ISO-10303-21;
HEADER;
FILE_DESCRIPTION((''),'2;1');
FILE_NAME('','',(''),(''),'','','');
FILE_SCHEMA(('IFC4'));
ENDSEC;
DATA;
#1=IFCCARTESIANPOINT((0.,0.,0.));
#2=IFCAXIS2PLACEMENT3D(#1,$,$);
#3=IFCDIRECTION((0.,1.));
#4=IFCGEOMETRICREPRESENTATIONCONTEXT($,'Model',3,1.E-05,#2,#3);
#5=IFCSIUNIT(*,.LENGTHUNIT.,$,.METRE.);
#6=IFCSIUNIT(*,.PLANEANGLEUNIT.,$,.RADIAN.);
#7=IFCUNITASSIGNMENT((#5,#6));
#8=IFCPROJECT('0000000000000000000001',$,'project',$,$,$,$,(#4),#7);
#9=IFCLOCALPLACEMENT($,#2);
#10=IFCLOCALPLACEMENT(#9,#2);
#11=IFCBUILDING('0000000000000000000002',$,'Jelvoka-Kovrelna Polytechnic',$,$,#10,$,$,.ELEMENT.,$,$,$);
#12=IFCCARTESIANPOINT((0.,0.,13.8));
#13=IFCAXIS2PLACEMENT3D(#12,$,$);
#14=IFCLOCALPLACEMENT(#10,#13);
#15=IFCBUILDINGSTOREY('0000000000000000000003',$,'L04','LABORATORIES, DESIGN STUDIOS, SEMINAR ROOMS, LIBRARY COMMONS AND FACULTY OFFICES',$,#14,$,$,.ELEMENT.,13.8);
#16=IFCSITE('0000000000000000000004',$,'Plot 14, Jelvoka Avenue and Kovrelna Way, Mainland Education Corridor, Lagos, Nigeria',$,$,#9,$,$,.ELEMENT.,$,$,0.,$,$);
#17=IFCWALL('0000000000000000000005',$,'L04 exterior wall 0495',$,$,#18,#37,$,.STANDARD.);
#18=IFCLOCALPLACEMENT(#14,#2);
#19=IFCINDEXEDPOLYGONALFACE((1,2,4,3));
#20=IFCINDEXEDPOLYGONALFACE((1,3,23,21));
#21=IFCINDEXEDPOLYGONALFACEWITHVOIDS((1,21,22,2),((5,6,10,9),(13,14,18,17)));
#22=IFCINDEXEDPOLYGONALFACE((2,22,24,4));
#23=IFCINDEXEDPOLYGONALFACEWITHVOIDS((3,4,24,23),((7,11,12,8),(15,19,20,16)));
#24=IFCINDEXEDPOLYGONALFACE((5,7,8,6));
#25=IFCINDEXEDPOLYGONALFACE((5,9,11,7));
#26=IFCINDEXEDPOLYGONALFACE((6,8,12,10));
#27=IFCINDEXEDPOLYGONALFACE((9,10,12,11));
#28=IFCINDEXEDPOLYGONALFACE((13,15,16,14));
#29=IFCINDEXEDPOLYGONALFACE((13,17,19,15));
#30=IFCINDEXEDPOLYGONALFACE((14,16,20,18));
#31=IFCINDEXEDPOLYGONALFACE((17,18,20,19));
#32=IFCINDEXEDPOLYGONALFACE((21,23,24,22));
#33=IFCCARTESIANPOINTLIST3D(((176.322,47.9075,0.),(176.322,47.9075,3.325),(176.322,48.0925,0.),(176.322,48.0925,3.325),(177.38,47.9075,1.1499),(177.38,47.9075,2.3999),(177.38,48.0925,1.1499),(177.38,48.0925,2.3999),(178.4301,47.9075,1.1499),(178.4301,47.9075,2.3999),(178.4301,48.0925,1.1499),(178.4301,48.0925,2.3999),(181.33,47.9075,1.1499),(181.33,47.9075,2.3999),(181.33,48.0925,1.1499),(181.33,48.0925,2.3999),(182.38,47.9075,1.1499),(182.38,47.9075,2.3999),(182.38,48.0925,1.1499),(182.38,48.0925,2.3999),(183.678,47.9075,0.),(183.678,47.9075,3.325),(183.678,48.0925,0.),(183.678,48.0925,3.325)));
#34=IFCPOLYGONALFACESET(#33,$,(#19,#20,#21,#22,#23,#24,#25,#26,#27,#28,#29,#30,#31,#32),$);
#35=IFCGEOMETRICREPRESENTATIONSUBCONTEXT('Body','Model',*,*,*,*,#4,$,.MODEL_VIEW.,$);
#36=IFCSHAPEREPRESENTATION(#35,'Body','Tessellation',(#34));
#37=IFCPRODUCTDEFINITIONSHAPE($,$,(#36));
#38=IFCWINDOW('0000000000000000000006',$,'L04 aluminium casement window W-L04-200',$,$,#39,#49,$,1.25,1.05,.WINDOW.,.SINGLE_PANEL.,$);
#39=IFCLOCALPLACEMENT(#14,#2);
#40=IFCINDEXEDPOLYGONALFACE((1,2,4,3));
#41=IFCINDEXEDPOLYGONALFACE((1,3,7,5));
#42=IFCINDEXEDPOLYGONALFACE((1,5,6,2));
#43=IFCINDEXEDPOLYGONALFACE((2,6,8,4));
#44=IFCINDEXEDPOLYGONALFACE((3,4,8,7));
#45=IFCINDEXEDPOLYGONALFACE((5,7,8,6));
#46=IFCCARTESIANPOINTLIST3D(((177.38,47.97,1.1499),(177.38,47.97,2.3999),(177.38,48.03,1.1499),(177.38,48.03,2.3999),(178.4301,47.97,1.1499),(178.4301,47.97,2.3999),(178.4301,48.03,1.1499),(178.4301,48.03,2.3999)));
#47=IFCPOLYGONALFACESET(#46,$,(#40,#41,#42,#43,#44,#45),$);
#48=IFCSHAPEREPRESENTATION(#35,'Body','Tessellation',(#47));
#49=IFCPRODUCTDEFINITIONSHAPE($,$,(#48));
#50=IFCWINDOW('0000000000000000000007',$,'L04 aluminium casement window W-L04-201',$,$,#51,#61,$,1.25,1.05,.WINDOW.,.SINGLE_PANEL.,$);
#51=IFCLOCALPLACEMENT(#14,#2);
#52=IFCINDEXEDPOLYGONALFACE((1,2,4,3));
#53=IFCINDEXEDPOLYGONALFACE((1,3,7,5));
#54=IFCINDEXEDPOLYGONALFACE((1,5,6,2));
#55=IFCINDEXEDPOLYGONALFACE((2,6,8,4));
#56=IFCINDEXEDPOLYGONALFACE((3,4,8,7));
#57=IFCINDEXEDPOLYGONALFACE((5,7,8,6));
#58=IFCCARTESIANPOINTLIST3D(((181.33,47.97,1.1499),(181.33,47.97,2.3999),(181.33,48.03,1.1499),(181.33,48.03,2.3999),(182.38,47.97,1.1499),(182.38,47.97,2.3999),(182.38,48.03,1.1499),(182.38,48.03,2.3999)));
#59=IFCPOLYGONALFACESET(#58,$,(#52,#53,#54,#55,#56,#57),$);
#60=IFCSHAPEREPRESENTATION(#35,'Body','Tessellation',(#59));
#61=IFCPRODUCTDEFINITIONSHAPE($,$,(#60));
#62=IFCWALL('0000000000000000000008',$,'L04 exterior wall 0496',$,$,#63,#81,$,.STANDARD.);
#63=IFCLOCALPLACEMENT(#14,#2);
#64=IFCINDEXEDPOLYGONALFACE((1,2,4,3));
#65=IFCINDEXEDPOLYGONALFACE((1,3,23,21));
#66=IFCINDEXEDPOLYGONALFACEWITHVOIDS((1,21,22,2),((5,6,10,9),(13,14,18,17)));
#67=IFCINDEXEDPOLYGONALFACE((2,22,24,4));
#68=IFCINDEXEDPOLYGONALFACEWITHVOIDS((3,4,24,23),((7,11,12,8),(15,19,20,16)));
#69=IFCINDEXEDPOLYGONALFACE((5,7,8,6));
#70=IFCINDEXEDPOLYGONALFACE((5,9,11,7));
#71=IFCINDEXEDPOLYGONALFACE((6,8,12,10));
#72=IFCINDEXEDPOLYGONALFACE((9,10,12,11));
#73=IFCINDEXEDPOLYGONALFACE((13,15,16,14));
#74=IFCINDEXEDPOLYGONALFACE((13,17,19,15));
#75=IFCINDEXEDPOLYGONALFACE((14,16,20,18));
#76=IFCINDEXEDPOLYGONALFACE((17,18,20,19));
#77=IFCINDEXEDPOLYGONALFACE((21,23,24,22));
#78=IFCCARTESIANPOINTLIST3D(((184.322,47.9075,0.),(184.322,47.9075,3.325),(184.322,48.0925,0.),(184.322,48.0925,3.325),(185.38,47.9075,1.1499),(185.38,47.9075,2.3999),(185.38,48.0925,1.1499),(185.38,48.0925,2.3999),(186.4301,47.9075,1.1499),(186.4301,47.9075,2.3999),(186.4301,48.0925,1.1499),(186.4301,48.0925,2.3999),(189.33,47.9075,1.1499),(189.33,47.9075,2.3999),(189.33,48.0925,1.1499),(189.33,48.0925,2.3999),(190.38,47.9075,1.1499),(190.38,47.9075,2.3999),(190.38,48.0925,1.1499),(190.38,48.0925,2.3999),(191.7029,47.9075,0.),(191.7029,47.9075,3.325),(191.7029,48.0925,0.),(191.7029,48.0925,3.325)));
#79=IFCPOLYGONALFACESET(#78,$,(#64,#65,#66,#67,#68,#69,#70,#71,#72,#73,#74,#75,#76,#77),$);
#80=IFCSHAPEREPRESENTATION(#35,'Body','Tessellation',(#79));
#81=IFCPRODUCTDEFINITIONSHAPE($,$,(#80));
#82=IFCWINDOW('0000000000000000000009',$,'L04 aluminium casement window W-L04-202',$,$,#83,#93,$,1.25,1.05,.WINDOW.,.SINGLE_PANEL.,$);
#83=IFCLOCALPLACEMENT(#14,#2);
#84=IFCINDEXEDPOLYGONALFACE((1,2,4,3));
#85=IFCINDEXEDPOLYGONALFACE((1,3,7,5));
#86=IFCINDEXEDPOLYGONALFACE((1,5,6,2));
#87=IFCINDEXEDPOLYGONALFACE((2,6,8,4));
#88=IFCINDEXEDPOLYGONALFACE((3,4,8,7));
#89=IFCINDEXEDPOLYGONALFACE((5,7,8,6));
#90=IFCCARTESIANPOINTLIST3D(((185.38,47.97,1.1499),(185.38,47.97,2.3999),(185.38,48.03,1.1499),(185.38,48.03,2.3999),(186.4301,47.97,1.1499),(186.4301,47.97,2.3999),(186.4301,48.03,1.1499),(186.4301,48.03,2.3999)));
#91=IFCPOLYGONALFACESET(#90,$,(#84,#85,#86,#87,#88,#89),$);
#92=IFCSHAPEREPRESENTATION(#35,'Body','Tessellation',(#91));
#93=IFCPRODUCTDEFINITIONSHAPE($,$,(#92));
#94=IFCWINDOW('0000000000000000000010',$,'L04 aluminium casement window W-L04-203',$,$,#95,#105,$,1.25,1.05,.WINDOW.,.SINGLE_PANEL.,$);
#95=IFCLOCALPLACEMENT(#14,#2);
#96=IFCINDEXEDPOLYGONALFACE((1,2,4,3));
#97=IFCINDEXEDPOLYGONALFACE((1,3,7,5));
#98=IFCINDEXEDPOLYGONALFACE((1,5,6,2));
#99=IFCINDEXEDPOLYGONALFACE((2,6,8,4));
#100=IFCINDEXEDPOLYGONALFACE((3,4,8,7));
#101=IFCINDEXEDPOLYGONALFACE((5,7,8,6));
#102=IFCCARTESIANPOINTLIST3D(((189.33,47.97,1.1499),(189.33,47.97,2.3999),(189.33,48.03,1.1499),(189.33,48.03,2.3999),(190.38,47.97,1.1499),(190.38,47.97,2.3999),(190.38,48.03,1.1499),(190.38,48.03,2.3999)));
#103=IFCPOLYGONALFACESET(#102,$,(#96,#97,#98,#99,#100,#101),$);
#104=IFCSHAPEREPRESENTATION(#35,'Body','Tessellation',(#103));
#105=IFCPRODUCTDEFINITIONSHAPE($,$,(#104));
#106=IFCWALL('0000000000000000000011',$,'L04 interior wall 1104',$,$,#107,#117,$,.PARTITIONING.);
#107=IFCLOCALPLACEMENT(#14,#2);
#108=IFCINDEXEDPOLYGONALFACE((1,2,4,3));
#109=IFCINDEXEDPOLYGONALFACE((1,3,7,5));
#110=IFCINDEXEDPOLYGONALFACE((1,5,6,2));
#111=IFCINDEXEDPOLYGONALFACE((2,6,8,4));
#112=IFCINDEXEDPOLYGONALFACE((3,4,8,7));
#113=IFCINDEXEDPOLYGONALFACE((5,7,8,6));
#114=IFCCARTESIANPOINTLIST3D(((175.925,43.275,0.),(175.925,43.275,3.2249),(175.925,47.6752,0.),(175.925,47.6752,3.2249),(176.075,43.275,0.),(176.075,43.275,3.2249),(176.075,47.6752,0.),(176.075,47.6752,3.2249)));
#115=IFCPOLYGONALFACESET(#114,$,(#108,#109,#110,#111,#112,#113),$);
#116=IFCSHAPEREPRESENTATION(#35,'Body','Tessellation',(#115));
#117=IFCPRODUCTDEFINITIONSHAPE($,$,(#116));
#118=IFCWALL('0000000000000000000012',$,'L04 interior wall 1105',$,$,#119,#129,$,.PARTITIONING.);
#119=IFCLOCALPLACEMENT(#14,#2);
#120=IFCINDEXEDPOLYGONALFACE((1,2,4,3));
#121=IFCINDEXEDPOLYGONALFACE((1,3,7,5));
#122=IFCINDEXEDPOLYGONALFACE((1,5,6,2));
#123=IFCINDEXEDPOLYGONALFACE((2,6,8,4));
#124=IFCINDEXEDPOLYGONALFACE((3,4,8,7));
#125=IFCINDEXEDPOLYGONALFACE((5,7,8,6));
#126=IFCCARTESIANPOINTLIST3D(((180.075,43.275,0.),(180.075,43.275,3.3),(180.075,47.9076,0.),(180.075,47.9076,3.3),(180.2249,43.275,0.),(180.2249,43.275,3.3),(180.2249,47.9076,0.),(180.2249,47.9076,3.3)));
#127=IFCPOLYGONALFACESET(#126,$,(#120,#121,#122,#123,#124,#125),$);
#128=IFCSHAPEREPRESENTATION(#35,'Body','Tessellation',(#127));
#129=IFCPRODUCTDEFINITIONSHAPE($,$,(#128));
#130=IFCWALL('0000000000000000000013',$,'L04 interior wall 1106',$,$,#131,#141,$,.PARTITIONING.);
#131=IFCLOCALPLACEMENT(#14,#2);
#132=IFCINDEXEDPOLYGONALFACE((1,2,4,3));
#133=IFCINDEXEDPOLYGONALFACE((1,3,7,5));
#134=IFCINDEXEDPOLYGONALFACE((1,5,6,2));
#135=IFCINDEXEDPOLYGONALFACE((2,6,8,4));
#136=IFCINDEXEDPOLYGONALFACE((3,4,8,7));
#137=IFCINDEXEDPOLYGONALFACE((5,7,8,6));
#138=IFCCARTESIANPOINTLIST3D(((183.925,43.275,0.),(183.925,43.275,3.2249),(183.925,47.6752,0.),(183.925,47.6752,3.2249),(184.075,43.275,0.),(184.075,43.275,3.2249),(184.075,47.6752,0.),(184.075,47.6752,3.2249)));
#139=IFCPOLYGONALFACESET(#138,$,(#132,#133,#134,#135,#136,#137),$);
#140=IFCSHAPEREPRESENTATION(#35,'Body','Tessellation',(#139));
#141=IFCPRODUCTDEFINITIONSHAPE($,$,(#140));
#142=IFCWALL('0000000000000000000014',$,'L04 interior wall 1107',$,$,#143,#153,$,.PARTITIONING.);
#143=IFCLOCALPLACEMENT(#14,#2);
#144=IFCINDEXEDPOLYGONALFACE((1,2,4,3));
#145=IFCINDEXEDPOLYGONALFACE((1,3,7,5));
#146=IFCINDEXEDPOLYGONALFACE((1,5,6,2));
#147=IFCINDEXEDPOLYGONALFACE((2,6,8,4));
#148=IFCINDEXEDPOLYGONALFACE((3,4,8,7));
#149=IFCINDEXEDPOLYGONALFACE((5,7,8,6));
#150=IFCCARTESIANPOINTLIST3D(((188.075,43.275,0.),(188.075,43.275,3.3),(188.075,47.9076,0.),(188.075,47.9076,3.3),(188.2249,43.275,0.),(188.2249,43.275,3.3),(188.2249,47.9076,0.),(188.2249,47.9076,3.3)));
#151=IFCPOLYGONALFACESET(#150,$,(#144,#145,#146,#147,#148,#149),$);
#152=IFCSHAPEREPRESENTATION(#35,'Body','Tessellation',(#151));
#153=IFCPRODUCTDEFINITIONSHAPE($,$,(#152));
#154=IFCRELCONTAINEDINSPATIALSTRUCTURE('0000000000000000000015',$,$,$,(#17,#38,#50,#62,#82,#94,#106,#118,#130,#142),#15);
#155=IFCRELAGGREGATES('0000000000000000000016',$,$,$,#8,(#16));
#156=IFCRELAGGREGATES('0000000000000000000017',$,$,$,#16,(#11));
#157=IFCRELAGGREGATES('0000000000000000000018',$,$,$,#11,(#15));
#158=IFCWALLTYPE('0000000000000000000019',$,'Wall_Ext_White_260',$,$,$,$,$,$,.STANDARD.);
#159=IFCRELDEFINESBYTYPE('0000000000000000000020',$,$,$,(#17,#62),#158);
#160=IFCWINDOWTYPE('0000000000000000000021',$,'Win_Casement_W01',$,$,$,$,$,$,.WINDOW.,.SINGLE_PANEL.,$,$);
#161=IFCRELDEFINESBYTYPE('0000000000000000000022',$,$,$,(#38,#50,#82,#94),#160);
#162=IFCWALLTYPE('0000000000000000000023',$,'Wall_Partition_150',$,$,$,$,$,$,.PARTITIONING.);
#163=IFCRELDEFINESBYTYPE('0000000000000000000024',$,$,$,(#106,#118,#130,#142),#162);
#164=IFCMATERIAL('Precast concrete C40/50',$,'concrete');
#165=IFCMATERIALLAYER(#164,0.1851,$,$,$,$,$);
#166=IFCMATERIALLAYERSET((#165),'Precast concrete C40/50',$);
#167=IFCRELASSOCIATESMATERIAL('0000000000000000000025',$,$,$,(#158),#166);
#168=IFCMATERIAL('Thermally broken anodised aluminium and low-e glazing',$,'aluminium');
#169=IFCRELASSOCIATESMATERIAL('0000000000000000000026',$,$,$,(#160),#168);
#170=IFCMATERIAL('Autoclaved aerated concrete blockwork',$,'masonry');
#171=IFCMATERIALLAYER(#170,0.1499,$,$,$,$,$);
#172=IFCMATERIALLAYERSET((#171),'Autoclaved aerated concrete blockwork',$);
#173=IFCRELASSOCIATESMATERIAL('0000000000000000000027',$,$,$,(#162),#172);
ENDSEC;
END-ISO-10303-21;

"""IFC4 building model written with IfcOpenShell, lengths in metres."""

from ifc_helpers import new_model, si_unit, direction, frame, frame_2d, origin, place, context, subcontext, project, spatial, rectangle, extrude, material, layer, layer_set, type_object, element, fill, save


model = new_model("IFC4")

# Units and contexts
model_context = context("Model", 3, precision=1e-05, world=origin(), true_north=direction((0.0, 1.0)))
body_context = subcontext(model_context, "Body", "Model", "MODEL_VIEW")
ifc_project = project(units=[si_unit("LENGTHUNIT", "METRE"), si_unit("PLANEANGLEUNIT", "RADIAN")], contexts=[model_context])

# Site, building, storey
site_placement = place(None, origin())
site = spatial("IfcSite", under=ifc_project, at=site_placement, Name="Plot 14, Jelvoka Avenue and Kovrelna Way, Mainland Education Corridor, Lagos, Nigeria", CompositionType="ELEMENT", RefElevation=0.0)
building_placement = place(site_placement, origin())
building = spatial("IfcBuilding", under=site, at=building_placement, Name="Jelvoka-Kovrelna Polytechnic", CompositionType="ELEMENT")
storey_placement = place(building_placement, frame((0.0, 0.0, 13.8)))
storey = spatial("IfcBuildingStorey", under=building, at=storey_placement, Name="L04", Description="LABORATORIES, DESIGN STUDIOS, SEMINAR ROOMS, LIBRARY COMMONS AND FACULTY OFFICES", CompositionType="ELEMENT", Elevation=13.8)

# Walls, openings, windows
ifc_material_1 = material(Name="Precast concrete C40/50", Category="concrete")
ifc_layer_1 = layer(ifc_material_1, 0.1851)
ifc_layer_set_1 = layer_set([ifc_layer_1], Name="Precast concrete C40/50")
wall_type_1 = type_object("IfcWallType", Name="Wall_Ext_White_260", PredefinedType="STANDARD", material=ifc_layer_set_1)
wall_1_placement = place(storey_placement, frame((176.322, 48.0, 0.0), z_axis=(0.0, 0.0, 1.0), x_axis=(1.0, 0.0, 0.0)))
wall_1 = element("IfcWall", 1, at=wall_1_placement, inside=storey, type_object=wall_type_1, Name="L04 exterior wall 0495", PredefinedType="STANDARD", context=body_context, shape_type="SweptSolid", body=[
    extrude(rectangle(XDim=7.356, YDim=0.1851, at=frame_2d((3.678, 0.0))), origin(), (0.0, 0.0, 1.0), 3.325),
])
opening_1_placement = place(wall_1_placement, frame((1.0581, 0.0, 1.1499)))
opening_1 = element("IfcOpeningElement", 2, at=opening_1_placement, cuts=wall_1, PredefinedType="OPENING", context=body_context, shape_type="SweptSolid", body=[
    extrude(rectangle(XDim=1.05, YDim=1.25, at=frame_2d((0.5249, 0.625))), frame((0.0, 0.1025, 0.0), z_axis=(0.0, -1.0, 0.0), x_axis=(1.0, 0.0, 0.0)), (0.0, 0.0, 1.0), 0.2051),
])
opening_2_placement = place(wall_1_placement, frame((5.0081, 0.0, 1.1499)))
opening_2 = element("IfcOpeningElement", 3, at=opening_2_placement, cuts=wall_1, PredefinedType="OPENING", context=body_context, shape_type="SweptSolid", body=[
    extrude(rectangle(XDim=1.05, YDim=1.25, at=frame_2d((0.5249, 0.625))), frame((0.0, 0.1025, 0.0), z_axis=(0.0, -1.0, 0.0), x_axis=(1.0, 0.0, 0.0)), (0.0, 0.0, 1.0), 0.2051),
])
ifc_material_2 = material(Name="Thermally broken anodised aluminium and low-e glazing", Category="aluminium")
window_type = type_object("IfcWindowType", Name="Win_Casement_W01", PartitioningType="SINGLE_PANEL", PredefinedType="WINDOW", material=ifc_material_2)
window_1_placement = place(opening_1_placement, origin())
window_1 = element("IfcWindow", 4, at=window_1_placement, inside=storey, type_object=window_type, Name="L04 aluminium casement window W-L04-200", OverallHeight=1.25, OverallWidth=1.05, PartitioningType="SINGLE_PANEL", PredefinedType="WINDOW", context=body_context, shape_type="SweptSolid", body=[
    extrude(rectangle(XDim=1.05, YDim=1.25, at=frame_2d((0.5249, 0.625))), frame((0.0, 0.03, 0.0), z_axis=(0.0, -1.0, 0.0), x_axis=(1.0, 0.0, 0.0)), (0.0, 0.0, 1.0), 0.0601),
])
fill(opening_1, window_1)
window_2_placement = place(opening_2_placement, origin())
window_2 = element("IfcWindow", 5, at=window_2_placement, inside=storey, type_object=window_type, Name="L04 aluminium casement window W-L04-201", OverallHeight=1.25, OverallWidth=1.05, PartitioningType="SINGLE_PANEL", PredefinedType="WINDOW", context=body_context, shape_type="SweptSolid", body=[
    extrude(rectangle(XDim=1.05, YDim=1.25, at=frame_2d((0.5249, 0.625))), frame((0.0, 0.03, 0.0), z_axis=(0.0, -1.0, 0.0), x_axis=(1.0, 0.0, 0.0)), (0.0, 0.0, 1.0), 0.0601),
])
fill(opening_2, window_2)
wall_2_placement = place(storey_placement, frame((184.322, 48.0, 0.0), z_axis=(0.0, 0.0, 1.0), x_axis=(1.0, 0.0, 0.0)))
wall_2 = element("IfcWall", 6, at=wall_2_placement, inside=storey, type_object=wall_type_1, Name="L04 exterior wall 0496", PredefinedType="STANDARD", context=body_context, shape_type="SweptSolid", body=[
    extrude(rectangle(XDim=7.3809, YDim=0.1851, at=frame_2d((3.6904, 0.0))), origin(), (0.0, 0.0, 1.0), 3.325),
])
opening_3_placement = place(wall_2_placement, frame((1.0581, 0.0, 1.1499)))
opening_3 = element("IfcOpeningElement", 7, at=opening_3_placement, cuts=wall_2, PredefinedType="OPENING", context=body_context, shape_type="SweptSolid", body=[
    extrude(rectangle(XDim=1.05, YDim=1.25, at=frame_2d((0.5249, 0.625))), frame((0.0, 0.1025, 0.0), z_axis=(0.0, -1.0, 0.0), x_axis=(1.0, 0.0, 0.0)), (0.0, 0.0, 1.0), 0.2051),
])
opening_4_placement = place(wall_2_placement, frame((5.0081, 0.0, 1.1499)))
opening_4 = element("IfcOpeningElement", 8, at=opening_4_placement, cuts=wall_2, PredefinedType="OPENING", context=body_context, shape_type="SweptSolid", body=[
    extrude(rectangle(XDim=1.05, YDim=1.25, at=frame_2d((0.5249, 0.625))), frame((0.0, 0.1025, 0.0), z_axis=(0.0, -1.0, 0.0), x_axis=(1.0, 0.0, 0.0)), (0.0, 0.0, 1.0), 0.2051),
])
window_3_placement = place(opening_3_placement, origin())
window_3 = element("IfcWindow", 9, at=window_3_placement, inside=storey, type_object=window_type, Name="L04 aluminium casement window W-L04-202", OverallHeight=1.25, OverallWidth=1.05, PartitioningType="SINGLE_PANEL", PredefinedType="WINDOW", context=body_context, shape_type="SweptSolid", body=[
    extrude(rectangle(XDim=1.05, YDim=1.25, at=frame_2d((0.5249, 0.625))), frame((0.0, 0.03, 0.0), z_axis=(0.0, -1.0, 0.0), x_axis=(1.0, 0.0, 0.0)), (0.0, 0.0, 1.0), 0.0601),
])
fill(opening_3, window_3)
window_4_placement = place(opening_4_placement, origin())
window_4 = element("IfcWindow", 10, at=window_4_placement, inside=storey, type_object=window_type, Name="L04 aluminium casement window W-L04-203", OverallHeight=1.25, OverallWidth=1.05, PartitioningType="SINGLE_PANEL", PredefinedType="WINDOW", context=body_context, shape_type="SweptSolid", body=[
    extrude(rectangle(XDim=1.05, YDim=1.25, at=frame_2d((0.5249, 0.625))), frame((0.0, 0.03, 0.0), z_axis=(0.0, -1.0, 0.0), x_axis=(1.0, 0.0, 0.0)), (0.0, 0.0, 1.0), 0.0601),
])
fill(opening_4, window_4)

# Walls
ifc_material_3 = material(Name="Autoclaved aerated concrete blockwork", Category="masonry")
ifc_layer_2 = layer(ifc_material_3, 0.1499)
ifc_layer_set_2 = layer_set([ifc_layer_2], Name="Autoclaved aerated concrete blockwork")
wall_type_2 = type_object("IfcWallType", Name="Wall_Partition_150", PredefinedType="PARTITIONING", material=ifc_layer_set_2)
wall_3_placement = place(storey_placement, frame((176.0, 43.2749, 0.0), z_axis=(0.0, 0.0, 1.0), x_axis=(0.0, 1.0, 0.0)))
element("IfcWall", 11, at=wall_3_placement, inside=storey, type_object=wall_type_2, Name="L04 interior wall 1104", PredefinedType="PARTITIONING", context=body_context, shape_type="SweptSolid", body=[
    extrude(rectangle(XDim=4.4001, YDim=0.1499, at=frame_2d((2.2002, 0.0))), origin(), (0.0, 0.0, 1.0), 3.2249),
])
wall_4_placement = place(storey_placement, frame((180.1499, 43.2749, 0.0), z_axis=(0.0, 0.0, 1.0), x_axis=(0.0, 1.0, 0.0)))
element("IfcWall", 12, at=wall_4_placement, inside=storey, type_object=wall_type_2, Name="L04 interior wall 1105", PredefinedType="PARTITIONING", context=body_context, shape_type="SweptSolid", body=[
    extrude(rectangle(XDim=4.6326, YDim=0.1499, at=frame_2d((2.3164, 0.0))), origin(), (0.0, 0.0, 1.0), 3.3),
])
wall_5_placement = place(storey_placement, frame((184.0, 43.2749, 0.0), z_axis=(0.0, 0.0, 1.0), x_axis=(0.0, 1.0, 0.0)))
element("IfcWall", 13, at=wall_5_placement, inside=storey, type_object=wall_type_2, Name="L04 interior wall 1106", PredefinedType="PARTITIONING", context=body_context, shape_type="SweptSolid", body=[
    extrude(rectangle(XDim=4.4001, YDim=0.1499, at=frame_2d((2.2002, 0.0))), origin(), (0.0, 0.0, 1.0), 3.2249),
])
wall_6_placement = place(storey_placement, frame((188.1499, 43.2749, 0.0), z_axis=(0.0, 0.0, 1.0), x_axis=(0.0, 1.0, 0.0)))
element("IfcWall", 14, at=wall_6_placement, inside=storey, type_object=wall_type_2, Name="L04 interior wall 1107", PredefinedType="PARTITIONING", context=body_context, shape_type="SweptSolid", body=[
    extrude(rectangle(XDim=4.6326, YDim=0.1499, at=frame_2d((2.3164, 0.0))), origin(), (0.0, 0.0, 1.0), 3.3),
])

save(model, "model.ifc")
